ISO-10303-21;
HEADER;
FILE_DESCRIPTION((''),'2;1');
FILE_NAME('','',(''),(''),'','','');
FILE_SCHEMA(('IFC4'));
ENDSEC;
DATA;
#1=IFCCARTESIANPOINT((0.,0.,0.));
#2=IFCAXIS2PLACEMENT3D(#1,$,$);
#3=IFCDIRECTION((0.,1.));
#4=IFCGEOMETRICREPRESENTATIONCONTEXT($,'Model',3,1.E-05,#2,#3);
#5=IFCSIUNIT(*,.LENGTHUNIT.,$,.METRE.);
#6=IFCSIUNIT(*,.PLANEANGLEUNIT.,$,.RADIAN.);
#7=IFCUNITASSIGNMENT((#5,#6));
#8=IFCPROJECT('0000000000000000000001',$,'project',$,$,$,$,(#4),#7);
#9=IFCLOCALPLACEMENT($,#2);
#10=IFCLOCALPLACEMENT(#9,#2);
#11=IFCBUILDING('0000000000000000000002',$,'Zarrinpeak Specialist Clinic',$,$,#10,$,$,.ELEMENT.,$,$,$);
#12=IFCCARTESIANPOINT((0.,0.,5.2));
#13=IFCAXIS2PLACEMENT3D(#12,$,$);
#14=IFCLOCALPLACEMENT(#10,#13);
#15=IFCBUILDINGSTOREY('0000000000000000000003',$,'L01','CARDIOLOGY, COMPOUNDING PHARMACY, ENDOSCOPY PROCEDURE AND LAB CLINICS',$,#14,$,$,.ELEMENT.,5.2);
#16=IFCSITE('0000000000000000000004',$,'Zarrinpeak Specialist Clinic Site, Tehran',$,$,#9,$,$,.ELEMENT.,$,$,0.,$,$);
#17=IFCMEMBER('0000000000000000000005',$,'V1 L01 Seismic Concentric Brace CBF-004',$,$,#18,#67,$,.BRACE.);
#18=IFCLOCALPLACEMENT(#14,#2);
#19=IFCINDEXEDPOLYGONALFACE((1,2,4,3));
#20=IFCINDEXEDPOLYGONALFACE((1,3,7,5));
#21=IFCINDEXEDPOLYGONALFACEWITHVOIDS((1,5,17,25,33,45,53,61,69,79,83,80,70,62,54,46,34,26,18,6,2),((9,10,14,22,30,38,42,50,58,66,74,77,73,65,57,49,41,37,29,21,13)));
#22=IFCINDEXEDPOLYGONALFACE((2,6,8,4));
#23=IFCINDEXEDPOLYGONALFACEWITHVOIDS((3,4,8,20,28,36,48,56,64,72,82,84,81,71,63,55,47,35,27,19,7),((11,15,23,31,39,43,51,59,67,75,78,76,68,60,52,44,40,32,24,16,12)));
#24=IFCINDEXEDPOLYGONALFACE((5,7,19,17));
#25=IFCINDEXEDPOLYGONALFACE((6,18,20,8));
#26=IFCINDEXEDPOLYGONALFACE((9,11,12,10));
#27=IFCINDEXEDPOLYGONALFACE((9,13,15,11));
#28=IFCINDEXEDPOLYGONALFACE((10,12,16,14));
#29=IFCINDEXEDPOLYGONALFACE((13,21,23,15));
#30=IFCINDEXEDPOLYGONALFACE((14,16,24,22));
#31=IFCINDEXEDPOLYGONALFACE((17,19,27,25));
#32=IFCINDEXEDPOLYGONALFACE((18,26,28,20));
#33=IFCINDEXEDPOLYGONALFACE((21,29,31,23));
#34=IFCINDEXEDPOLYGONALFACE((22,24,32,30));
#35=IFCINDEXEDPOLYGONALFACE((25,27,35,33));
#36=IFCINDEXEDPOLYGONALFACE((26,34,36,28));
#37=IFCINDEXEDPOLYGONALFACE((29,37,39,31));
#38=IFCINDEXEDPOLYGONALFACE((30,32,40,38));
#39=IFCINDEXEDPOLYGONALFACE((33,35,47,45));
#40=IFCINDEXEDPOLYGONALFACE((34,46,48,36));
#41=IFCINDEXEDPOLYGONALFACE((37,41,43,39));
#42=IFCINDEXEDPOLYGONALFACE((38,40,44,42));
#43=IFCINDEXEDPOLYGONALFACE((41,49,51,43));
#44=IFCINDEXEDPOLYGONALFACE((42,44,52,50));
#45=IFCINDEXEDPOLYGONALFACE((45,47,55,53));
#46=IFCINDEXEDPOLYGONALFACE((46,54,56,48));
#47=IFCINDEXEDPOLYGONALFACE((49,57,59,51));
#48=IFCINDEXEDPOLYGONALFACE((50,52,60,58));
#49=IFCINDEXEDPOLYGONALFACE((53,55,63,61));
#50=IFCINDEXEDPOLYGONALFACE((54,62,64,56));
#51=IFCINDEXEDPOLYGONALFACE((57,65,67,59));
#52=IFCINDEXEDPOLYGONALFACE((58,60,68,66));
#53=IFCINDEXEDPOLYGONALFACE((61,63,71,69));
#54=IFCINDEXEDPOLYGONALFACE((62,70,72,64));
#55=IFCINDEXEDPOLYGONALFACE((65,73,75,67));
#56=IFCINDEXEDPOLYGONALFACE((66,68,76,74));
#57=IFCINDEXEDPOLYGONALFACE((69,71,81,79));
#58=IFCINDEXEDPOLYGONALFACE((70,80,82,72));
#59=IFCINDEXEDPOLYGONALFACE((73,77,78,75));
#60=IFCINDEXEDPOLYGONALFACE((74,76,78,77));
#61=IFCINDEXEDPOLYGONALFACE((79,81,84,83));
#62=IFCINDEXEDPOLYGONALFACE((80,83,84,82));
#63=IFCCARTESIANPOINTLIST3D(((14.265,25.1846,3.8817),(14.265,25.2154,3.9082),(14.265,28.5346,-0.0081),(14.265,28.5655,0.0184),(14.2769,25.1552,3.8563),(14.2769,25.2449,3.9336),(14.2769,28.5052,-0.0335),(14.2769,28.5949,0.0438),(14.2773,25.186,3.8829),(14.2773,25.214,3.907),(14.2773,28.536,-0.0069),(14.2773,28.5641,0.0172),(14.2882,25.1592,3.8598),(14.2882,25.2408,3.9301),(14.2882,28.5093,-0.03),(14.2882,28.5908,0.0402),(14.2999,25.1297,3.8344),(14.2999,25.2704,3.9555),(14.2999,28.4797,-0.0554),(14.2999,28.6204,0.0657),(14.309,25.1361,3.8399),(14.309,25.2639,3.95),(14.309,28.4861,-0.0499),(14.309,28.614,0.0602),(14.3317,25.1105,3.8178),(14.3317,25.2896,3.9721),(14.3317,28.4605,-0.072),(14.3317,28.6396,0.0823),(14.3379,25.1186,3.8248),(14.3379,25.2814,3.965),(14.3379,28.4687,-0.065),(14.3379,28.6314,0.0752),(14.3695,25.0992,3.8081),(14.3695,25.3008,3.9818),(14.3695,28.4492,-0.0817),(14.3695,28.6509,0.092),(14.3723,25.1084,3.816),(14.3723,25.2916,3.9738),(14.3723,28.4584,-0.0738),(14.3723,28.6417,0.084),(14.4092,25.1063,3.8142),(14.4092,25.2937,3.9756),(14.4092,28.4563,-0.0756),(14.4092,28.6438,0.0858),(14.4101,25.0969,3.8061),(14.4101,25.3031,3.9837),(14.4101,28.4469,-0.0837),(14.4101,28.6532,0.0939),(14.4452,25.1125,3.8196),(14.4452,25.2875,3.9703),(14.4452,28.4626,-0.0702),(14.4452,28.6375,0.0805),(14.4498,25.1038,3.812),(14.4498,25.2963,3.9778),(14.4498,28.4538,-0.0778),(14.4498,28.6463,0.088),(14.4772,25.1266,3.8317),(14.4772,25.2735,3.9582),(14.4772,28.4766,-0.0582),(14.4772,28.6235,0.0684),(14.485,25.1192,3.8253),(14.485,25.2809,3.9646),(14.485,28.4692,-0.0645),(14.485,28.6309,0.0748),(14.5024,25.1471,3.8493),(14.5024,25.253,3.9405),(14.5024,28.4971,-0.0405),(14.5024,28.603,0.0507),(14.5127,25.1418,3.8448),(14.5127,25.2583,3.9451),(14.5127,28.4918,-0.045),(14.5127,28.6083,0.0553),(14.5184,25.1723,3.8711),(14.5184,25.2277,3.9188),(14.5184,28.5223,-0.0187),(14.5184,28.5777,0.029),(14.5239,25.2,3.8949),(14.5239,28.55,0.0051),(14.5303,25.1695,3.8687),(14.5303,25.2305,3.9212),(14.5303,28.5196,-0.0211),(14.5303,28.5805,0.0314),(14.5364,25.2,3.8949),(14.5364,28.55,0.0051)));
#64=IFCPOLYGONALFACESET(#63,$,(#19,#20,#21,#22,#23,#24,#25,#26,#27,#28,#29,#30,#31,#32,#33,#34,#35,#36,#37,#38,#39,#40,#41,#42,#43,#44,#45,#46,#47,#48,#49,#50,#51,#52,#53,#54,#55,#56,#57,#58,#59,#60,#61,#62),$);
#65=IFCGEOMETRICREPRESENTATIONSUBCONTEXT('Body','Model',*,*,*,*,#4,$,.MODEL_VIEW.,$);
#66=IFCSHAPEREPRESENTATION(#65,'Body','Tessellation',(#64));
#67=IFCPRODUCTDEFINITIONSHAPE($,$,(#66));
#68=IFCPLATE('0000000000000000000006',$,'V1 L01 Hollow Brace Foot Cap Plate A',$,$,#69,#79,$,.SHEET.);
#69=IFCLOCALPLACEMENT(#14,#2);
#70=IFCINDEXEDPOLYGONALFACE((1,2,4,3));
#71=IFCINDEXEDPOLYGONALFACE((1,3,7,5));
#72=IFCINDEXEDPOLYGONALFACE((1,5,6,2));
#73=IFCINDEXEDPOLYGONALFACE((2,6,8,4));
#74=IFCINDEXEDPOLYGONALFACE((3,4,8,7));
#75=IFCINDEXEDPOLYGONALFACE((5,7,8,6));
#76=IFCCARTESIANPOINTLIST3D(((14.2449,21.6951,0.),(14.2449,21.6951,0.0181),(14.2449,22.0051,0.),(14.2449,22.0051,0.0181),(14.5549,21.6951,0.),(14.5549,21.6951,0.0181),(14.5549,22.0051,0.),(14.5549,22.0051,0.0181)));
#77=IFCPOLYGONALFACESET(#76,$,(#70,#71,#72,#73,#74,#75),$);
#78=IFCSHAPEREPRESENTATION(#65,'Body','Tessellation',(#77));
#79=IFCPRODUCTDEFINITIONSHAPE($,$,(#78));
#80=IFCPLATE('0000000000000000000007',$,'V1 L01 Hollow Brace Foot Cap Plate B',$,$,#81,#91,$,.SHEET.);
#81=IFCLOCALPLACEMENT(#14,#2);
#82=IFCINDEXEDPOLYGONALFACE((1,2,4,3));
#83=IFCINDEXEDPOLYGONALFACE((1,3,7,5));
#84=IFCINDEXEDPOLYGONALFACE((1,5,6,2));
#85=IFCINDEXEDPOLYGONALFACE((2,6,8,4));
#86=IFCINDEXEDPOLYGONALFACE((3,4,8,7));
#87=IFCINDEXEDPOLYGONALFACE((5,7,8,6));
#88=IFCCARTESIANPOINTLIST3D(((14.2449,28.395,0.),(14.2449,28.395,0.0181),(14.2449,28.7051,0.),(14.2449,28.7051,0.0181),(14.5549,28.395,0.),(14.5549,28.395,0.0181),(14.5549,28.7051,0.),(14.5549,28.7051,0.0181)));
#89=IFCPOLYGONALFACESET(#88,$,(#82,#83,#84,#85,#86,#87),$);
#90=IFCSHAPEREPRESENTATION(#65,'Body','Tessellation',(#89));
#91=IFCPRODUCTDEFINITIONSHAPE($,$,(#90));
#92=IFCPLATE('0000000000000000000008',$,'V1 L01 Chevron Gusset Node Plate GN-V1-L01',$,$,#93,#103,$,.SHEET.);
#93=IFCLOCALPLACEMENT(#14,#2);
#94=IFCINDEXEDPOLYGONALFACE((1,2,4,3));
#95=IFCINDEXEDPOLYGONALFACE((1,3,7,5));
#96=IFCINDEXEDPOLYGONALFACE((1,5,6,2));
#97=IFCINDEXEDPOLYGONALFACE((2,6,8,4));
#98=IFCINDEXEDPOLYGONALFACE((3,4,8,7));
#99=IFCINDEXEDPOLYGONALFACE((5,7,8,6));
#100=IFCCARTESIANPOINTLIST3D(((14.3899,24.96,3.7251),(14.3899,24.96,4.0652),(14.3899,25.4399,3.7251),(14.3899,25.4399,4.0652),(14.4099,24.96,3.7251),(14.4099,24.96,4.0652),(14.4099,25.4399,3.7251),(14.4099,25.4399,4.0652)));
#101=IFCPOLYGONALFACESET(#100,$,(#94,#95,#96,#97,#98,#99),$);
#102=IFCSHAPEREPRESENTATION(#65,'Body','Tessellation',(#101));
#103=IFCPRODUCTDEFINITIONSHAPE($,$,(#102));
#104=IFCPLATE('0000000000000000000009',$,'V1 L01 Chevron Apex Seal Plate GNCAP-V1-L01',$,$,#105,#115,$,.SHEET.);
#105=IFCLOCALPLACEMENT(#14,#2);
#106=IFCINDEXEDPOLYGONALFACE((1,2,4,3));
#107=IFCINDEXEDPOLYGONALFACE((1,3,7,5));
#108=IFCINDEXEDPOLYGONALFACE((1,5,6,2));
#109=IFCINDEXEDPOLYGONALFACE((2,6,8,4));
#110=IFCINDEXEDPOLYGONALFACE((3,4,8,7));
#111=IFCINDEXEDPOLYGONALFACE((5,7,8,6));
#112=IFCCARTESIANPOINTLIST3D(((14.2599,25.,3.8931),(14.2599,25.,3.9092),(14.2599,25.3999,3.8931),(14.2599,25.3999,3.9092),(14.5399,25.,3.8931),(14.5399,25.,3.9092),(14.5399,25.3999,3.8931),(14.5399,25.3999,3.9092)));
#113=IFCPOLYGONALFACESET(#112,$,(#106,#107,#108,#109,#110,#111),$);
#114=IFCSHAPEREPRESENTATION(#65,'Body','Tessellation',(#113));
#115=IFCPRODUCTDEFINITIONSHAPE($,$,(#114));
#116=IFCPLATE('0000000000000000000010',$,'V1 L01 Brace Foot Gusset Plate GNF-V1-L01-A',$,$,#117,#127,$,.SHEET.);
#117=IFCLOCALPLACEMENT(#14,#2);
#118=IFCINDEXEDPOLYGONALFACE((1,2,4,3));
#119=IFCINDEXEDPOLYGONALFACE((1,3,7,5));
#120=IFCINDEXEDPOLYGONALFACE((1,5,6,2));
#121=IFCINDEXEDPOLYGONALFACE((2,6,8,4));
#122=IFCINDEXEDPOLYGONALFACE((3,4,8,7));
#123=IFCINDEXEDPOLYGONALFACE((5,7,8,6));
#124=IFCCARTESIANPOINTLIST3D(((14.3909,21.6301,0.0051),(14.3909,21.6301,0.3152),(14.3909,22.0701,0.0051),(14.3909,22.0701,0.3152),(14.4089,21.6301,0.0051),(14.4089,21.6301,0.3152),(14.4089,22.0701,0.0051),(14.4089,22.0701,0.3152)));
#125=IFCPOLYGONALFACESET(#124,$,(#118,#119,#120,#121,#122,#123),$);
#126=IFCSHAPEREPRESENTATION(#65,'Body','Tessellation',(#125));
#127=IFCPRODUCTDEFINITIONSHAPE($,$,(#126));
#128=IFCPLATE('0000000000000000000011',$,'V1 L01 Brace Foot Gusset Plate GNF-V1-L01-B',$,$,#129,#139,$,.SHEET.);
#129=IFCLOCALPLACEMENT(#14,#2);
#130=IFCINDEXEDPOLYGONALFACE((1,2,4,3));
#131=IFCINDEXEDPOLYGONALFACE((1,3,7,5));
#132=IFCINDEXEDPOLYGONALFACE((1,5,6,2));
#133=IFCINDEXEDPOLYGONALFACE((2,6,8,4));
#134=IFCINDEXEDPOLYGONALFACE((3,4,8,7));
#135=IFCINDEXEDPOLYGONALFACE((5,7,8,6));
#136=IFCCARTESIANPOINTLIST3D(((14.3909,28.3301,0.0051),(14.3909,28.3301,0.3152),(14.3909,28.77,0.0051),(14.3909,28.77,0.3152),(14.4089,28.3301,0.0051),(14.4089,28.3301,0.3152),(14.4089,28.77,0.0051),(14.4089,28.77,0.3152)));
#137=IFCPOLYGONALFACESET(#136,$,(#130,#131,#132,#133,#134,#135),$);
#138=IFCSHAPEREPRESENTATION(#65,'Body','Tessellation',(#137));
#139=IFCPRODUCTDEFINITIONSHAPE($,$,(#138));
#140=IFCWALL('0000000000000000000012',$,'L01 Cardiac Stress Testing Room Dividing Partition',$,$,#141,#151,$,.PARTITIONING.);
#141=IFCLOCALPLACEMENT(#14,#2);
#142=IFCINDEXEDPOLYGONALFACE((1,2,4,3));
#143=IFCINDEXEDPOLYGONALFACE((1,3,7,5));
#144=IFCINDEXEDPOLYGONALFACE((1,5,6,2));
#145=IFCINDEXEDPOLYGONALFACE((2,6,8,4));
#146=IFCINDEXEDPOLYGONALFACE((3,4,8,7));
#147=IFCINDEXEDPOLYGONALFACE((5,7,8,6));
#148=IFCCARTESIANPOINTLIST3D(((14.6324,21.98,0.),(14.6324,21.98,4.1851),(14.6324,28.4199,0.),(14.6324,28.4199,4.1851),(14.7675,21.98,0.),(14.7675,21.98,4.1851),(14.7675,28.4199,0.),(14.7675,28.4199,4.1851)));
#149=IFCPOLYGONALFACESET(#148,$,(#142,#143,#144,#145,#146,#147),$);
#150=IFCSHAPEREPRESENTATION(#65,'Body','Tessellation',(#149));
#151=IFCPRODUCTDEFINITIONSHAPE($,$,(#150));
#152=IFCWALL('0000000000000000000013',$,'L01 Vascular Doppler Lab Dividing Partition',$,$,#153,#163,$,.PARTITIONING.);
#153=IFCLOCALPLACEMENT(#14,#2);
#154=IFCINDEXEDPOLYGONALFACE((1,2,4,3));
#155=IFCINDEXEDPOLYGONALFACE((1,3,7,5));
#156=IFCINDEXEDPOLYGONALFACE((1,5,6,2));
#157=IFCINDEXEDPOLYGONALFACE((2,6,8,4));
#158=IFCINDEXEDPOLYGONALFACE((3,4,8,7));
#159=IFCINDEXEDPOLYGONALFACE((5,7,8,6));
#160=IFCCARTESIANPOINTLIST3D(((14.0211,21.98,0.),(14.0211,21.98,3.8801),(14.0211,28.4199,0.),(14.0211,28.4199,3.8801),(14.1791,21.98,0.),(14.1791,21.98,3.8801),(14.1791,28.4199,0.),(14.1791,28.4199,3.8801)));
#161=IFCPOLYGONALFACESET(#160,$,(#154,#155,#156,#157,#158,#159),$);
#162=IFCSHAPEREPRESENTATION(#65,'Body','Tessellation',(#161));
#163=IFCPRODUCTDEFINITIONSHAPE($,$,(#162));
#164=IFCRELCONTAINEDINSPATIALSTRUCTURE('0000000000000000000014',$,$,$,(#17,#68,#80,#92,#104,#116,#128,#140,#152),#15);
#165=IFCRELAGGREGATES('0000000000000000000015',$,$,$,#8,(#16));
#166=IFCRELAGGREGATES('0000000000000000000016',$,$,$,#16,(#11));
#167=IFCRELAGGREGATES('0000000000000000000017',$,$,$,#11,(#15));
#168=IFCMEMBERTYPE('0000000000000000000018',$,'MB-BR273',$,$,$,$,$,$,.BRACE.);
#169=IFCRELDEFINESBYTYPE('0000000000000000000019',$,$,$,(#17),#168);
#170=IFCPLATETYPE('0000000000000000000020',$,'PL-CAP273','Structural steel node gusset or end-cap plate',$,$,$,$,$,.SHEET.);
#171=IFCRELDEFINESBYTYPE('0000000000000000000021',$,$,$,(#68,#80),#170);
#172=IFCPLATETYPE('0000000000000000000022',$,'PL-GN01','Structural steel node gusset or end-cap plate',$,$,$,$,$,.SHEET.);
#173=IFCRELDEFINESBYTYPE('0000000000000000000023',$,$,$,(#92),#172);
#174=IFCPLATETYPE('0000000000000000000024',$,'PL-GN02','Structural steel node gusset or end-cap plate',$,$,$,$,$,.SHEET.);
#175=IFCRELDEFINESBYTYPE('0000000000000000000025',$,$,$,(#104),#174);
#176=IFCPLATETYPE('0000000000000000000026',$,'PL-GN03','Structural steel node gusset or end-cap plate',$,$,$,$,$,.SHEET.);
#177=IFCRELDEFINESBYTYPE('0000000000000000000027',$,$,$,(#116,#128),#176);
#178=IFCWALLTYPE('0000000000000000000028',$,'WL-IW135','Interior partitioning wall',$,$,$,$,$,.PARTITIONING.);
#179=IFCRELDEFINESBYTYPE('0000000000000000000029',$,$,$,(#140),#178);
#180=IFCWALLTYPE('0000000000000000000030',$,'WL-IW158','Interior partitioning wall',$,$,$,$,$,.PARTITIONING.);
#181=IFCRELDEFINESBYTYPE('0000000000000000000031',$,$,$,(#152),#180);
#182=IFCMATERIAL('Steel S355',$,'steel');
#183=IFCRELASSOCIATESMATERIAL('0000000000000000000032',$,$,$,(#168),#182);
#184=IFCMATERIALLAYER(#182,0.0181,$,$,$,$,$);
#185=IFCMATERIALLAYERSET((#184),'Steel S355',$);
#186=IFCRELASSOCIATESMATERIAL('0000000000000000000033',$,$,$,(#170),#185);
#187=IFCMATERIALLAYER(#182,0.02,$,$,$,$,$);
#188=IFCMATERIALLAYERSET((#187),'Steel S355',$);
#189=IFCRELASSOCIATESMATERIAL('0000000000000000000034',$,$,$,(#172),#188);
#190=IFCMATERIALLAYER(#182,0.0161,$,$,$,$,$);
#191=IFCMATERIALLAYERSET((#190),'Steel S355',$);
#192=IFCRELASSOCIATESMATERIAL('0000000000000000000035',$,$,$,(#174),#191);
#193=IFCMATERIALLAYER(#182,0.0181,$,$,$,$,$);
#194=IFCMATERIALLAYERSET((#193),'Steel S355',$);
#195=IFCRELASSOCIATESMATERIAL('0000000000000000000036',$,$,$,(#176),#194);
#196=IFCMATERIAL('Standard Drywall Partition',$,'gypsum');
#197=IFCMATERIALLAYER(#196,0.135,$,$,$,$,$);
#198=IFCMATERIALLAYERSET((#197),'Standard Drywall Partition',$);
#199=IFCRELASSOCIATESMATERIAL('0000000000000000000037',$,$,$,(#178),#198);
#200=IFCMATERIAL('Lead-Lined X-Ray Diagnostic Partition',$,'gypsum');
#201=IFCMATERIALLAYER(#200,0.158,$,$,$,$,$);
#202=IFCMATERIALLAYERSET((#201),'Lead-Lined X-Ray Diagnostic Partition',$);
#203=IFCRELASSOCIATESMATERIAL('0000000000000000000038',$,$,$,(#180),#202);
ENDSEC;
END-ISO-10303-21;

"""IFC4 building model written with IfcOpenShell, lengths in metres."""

from ifc_helpers import new_model, si_unit, direction, frame, frame_2d, origin, origin_2d, place, context, subcontext, project, spatial, rectangle, hollow_circle, extrude, material, layer, layer_set, material_profile, profile_set, type_object, element, save


model = new_model("IFC4")

# Units and contexts
model_context = context("Model", 3, precision=1e-05, world=origin(), true_north=direction((0.0, 1.0)))
body_context = subcontext(model_context, "Body", "Model", "MODEL_VIEW")
ifc_project = project(units=[si_unit("LENGTHUNIT", "METRE"), si_unit("PLANEANGLEUNIT", "RADIAN")], contexts=[model_context])

# Site, building, storey
site_placement = place(None, origin())
site = spatial("IfcSite", under=ifc_project, at=site_placement, Name="Zarrinpeak Specialist Clinic Site, Tehran", CompositionType="ELEMENT", RefElevation=0.0)
building_placement = place(site_placement, origin())
building = spatial("IfcBuilding", under=site, at=building_placement, Name="Zarrinpeak Specialist Clinic", CompositionType="ELEMENT")
storey_placement = place(building_placement, frame((0.0, 0.0, 5.2)))
storey = spatial("IfcBuildingStorey", under=building, at=storey_placement, Name="L01", Description="CARDIOLOGY, COMPOUNDING PHARMACY, ENDOSCOPY PROCEDURE AND LAB CLINICS", CompositionType="ELEMENT", Elevation=5.2)

# Shared definitions
ifc_material_1 = material(Name="Steel S355", Category="steel")

# Member
ifc_material_profile_1 = material_profile(ifc_material_1, hollow_circle(Radius=0.1365, WallThickness=0.0125, at=origin_2d()), Name="CHS 273.0x12.5")
ifc_profile_set_1 = profile_set([ifc_material_profile_1], Name="Steel S355")
member_type = type_object("IfcMemberType", Name="MB-BR273", PredefinedType="BRACE", material=ifc_profile_set_1)
for number, where, z_axis, x_axis, name in (
    (1, (14.3999, 28.55, 0.0051), (0.0, -0.652575, 0.757724), (1.0, 0.0, 0.0), "V1 L01 Seismic Concentric Brace CBF-004"),
):
    element("IfcMember", number, at=place(storey_placement, frame(where, z_axis=z_axis, x_axis=x_axis)), inside=storey, type_object=member_type, Name=name, PredefinedType="BRACE", context=body_context, shape_type="SweptSolid", body=[
        extrude(hollow_circle(Radius=0.1365, WallThickness=0.0125, at=origin_2d()), origin(), (0.0, 0.0, 1.0), 5.1335),
    ])

# Plates
ifc_layer_1 = layer(ifc_material_1, 0.0181)
ifc_layer_set_1 = layer_set([ifc_layer_1], Name="Steel S355")
plate_type_1 = type_object("IfcPlateType", Name="PL-CAP273", Description="Structural steel node gusset or end-cap plate", PredefinedType="SHEET", material=ifc_layer_set_1)
for number, where, z_axis, x_axis, name in (
    (2, (14.3999, 21.8501, 0.0), (0.0, 0.0, 1.0), (1.0, 0.0, 0.0), "V1 L01 Hollow Brace Foot Cap Plate A"),
    (3, (14.3999, 28.55, 0.0), (0.0, 0.0, 1.0), (1.0, 0.0, 0.0), "V1 L01 Hollow Brace Foot Cap Plate B"),
):
    element("IfcPlate", number, at=place(storey_placement, frame(where, z_axis=z_axis, x_axis=x_axis)), inside=storey, type_object=plate_type_1, Name=name, PredefinedType="SHEET", context=body_context, shape_type="SweptSolid", body=[
        extrude(rectangle(XDim=0.3101, YDim=0.3101, at=origin_2d()), origin(), (0.0, 0.0, 1.0), 0.0181),
    ])
ifc_layer_2 = layer(ifc_material_1, 0.02)
ifc_layer_set_2 = layer_set([ifc_layer_2], Name="Steel S355")
plate_type_2 = type_object("IfcPlateType", Name="PL-GN01", Description="Structural steel node gusset or end-cap plate", PredefinedType="SHEET", material=ifc_layer_set_2)
plate_1_placement = place(storey_placement, frame((14.3999, 25.2, 3.7251), z_axis=(0.0, 0.0, 1.0), x_axis=(1.0, 0.0, 0.0)))
element("IfcPlate", 4, at=plate_1_placement, inside=storey, type_object=plate_type_2, Name="V1 L01 Chevron Gusset Node Plate GN-V1-L01", PredefinedType="SHEET", context=body_context, shape_type="SweptSolid", body=[
    extrude(rectangle(XDim=0.02, YDim=0.48, at=origin_2d()), origin(), (0.0, 0.0, 1.0), 0.3401),
])
ifc_layer_3 = layer(ifc_material_1, 0.0161)
ifc_layer_set_3 = layer_set([ifc_layer_3], Name="Steel S355")
plate_type_3 = type_object("IfcPlateType", Name="PL-GN02", Description="Structural steel node gusset or end-cap plate", PredefinedType="SHEET", material=ifc_layer_set_3)
plate_2_placement = place(storey_placement, frame((14.3999, 25.2, 3.8931), z_axis=(0.0, 0.0, 1.0), x_axis=(1.0, 0.0, 0.0)))
element("IfcPlate", 5, at=plate_2_placement, inside=storey, type_object=plate_type_3, Name="V1 L01 Chevron Apex Seal Plate GNCAP-V1-L01", PredefinedType="SHEET", context=body_context, shape_type="SweptSolid", body=[
    extrude(rectangle(XDim=0.28, YDim=0.3999, at=origin_2d()), origin(), (0.0, 0.0, 1.0), 0.0161),
])
ifc_layer_4 = layer(ifc_material_1, 0.0181)
ifc_layer_set_4 = layer_set([ifc_layer_4], Name="Steel S355")
plate_type_4 = type_object("IfcPlateType", Name="PL-GN03", Description="Structural steel node gusset or end-cap plate", PredefinedType="SHEET", material=ifc_layer_set_4)
for number, where, z_axis, x_axis, name in (
    (6, (14.3999, 21.8501, 0.0051), (0.0, 0.0, 1.0), (1.0, 0.0, 0.0), "V1 L01 Brace Foot Gusset Plate GNF-V1-L01-A"),
    (7, (14.3999, 28.55, 0.0051), (0.0, 0.0, 1.0), (1.0, 0.0, 0.0), "V1 L01 Brace Foot Gusset Plate GNF-V1-L01-B"),
):
    element("IfcPlate", number, at=place(storey_placement, frame(where, z_axis=z_axis, x_axis=x_axis)), inside=storey, type_object=plate_type_4, Name=name, PredefinedType="SHEET", context=body_context, shape_type="SweptSolid", body=[
        extrude(rectangle(XDim=0.0181, YDim=0.4399, at=origin_2d()), origin(), (0.0, 0.0, 1.0), 0.3101),
    ])

# Walls
ifc_material_2 = material(Name="Standard Drywall Partition", Category="gypsum")
ifc_layer_5 = layer(ifc_material_2, 0.135)
ifc_layer_set_5 = layer_set([ifc_layer_5], Name="Standard Drywall Partition")
wall_type_1 = type_object("IfcWallType", Name="WL-IW135", Description="Interior partitioning wall", PredefinedType="PARTITIONING", material=ifc_layer_set_5)
wall_1_placement = place(storey_placement, frame((14.7, 21.98, 0.0), z_axis=(0.0, 0.0, 1.0), x_axis=(0.0, 1.0, 0.0)))
element("IfcWall", 8, at=wall_1_placement, inside=storey, type_object=wall_type_1, Name="L01 Cardiac Stress Testing Room Dividing Partition", PredefinedType="PARTITIONING", context=body_context, shape_type="SweptSolid", body=[
    extrude(rectangle(XDim=6.4399, YDim=0.135, at=frame_2d((3.22, 0.0))), origin(), (0.0, 0.0, 1.0), 4.1851),
])
ifc_material_3 = material(Name="Lead-Lined X-Ray Diagnostic Partition", Category="gypsum")
ifc_layer_6 = layer(ifc_material_3, 0.158)
ifc_layer_set_6 = layer_set([ifc_layer_6], Name="Lead-Lined X-Ray Diagnostic Partition")
wall_type_2 = type_object("IfcWallType", Name="WL-IW158", Description="Interior partitioning wall", PredefinedType="PARTITIONING", material=ifc_layer_set_6)
wall_2_placement = place(storey_placement, frame((14.1001, 21.98, 0.0), z_axis=(0.0, 0.0, 1.0), x_axis=(0.0, 1.0, 0.0)))
element("IfcWall", 9, at=wall_2_placement, inside=storey, type_object=wall_type_2, Name="L01 Vascular Doppler Lab Dividing Partition", PredefinedType="PARTITIONING", context=body_context, shape_type="SweptSolid", body=[
    extrude(rectangle(XDim=6.4399, YDim=0.158, at=frame_2d((3.22, 0.0))), origin(), (0.0, 0.0, 1.0), 3.8801),
])

save(model, "model.ifc")
